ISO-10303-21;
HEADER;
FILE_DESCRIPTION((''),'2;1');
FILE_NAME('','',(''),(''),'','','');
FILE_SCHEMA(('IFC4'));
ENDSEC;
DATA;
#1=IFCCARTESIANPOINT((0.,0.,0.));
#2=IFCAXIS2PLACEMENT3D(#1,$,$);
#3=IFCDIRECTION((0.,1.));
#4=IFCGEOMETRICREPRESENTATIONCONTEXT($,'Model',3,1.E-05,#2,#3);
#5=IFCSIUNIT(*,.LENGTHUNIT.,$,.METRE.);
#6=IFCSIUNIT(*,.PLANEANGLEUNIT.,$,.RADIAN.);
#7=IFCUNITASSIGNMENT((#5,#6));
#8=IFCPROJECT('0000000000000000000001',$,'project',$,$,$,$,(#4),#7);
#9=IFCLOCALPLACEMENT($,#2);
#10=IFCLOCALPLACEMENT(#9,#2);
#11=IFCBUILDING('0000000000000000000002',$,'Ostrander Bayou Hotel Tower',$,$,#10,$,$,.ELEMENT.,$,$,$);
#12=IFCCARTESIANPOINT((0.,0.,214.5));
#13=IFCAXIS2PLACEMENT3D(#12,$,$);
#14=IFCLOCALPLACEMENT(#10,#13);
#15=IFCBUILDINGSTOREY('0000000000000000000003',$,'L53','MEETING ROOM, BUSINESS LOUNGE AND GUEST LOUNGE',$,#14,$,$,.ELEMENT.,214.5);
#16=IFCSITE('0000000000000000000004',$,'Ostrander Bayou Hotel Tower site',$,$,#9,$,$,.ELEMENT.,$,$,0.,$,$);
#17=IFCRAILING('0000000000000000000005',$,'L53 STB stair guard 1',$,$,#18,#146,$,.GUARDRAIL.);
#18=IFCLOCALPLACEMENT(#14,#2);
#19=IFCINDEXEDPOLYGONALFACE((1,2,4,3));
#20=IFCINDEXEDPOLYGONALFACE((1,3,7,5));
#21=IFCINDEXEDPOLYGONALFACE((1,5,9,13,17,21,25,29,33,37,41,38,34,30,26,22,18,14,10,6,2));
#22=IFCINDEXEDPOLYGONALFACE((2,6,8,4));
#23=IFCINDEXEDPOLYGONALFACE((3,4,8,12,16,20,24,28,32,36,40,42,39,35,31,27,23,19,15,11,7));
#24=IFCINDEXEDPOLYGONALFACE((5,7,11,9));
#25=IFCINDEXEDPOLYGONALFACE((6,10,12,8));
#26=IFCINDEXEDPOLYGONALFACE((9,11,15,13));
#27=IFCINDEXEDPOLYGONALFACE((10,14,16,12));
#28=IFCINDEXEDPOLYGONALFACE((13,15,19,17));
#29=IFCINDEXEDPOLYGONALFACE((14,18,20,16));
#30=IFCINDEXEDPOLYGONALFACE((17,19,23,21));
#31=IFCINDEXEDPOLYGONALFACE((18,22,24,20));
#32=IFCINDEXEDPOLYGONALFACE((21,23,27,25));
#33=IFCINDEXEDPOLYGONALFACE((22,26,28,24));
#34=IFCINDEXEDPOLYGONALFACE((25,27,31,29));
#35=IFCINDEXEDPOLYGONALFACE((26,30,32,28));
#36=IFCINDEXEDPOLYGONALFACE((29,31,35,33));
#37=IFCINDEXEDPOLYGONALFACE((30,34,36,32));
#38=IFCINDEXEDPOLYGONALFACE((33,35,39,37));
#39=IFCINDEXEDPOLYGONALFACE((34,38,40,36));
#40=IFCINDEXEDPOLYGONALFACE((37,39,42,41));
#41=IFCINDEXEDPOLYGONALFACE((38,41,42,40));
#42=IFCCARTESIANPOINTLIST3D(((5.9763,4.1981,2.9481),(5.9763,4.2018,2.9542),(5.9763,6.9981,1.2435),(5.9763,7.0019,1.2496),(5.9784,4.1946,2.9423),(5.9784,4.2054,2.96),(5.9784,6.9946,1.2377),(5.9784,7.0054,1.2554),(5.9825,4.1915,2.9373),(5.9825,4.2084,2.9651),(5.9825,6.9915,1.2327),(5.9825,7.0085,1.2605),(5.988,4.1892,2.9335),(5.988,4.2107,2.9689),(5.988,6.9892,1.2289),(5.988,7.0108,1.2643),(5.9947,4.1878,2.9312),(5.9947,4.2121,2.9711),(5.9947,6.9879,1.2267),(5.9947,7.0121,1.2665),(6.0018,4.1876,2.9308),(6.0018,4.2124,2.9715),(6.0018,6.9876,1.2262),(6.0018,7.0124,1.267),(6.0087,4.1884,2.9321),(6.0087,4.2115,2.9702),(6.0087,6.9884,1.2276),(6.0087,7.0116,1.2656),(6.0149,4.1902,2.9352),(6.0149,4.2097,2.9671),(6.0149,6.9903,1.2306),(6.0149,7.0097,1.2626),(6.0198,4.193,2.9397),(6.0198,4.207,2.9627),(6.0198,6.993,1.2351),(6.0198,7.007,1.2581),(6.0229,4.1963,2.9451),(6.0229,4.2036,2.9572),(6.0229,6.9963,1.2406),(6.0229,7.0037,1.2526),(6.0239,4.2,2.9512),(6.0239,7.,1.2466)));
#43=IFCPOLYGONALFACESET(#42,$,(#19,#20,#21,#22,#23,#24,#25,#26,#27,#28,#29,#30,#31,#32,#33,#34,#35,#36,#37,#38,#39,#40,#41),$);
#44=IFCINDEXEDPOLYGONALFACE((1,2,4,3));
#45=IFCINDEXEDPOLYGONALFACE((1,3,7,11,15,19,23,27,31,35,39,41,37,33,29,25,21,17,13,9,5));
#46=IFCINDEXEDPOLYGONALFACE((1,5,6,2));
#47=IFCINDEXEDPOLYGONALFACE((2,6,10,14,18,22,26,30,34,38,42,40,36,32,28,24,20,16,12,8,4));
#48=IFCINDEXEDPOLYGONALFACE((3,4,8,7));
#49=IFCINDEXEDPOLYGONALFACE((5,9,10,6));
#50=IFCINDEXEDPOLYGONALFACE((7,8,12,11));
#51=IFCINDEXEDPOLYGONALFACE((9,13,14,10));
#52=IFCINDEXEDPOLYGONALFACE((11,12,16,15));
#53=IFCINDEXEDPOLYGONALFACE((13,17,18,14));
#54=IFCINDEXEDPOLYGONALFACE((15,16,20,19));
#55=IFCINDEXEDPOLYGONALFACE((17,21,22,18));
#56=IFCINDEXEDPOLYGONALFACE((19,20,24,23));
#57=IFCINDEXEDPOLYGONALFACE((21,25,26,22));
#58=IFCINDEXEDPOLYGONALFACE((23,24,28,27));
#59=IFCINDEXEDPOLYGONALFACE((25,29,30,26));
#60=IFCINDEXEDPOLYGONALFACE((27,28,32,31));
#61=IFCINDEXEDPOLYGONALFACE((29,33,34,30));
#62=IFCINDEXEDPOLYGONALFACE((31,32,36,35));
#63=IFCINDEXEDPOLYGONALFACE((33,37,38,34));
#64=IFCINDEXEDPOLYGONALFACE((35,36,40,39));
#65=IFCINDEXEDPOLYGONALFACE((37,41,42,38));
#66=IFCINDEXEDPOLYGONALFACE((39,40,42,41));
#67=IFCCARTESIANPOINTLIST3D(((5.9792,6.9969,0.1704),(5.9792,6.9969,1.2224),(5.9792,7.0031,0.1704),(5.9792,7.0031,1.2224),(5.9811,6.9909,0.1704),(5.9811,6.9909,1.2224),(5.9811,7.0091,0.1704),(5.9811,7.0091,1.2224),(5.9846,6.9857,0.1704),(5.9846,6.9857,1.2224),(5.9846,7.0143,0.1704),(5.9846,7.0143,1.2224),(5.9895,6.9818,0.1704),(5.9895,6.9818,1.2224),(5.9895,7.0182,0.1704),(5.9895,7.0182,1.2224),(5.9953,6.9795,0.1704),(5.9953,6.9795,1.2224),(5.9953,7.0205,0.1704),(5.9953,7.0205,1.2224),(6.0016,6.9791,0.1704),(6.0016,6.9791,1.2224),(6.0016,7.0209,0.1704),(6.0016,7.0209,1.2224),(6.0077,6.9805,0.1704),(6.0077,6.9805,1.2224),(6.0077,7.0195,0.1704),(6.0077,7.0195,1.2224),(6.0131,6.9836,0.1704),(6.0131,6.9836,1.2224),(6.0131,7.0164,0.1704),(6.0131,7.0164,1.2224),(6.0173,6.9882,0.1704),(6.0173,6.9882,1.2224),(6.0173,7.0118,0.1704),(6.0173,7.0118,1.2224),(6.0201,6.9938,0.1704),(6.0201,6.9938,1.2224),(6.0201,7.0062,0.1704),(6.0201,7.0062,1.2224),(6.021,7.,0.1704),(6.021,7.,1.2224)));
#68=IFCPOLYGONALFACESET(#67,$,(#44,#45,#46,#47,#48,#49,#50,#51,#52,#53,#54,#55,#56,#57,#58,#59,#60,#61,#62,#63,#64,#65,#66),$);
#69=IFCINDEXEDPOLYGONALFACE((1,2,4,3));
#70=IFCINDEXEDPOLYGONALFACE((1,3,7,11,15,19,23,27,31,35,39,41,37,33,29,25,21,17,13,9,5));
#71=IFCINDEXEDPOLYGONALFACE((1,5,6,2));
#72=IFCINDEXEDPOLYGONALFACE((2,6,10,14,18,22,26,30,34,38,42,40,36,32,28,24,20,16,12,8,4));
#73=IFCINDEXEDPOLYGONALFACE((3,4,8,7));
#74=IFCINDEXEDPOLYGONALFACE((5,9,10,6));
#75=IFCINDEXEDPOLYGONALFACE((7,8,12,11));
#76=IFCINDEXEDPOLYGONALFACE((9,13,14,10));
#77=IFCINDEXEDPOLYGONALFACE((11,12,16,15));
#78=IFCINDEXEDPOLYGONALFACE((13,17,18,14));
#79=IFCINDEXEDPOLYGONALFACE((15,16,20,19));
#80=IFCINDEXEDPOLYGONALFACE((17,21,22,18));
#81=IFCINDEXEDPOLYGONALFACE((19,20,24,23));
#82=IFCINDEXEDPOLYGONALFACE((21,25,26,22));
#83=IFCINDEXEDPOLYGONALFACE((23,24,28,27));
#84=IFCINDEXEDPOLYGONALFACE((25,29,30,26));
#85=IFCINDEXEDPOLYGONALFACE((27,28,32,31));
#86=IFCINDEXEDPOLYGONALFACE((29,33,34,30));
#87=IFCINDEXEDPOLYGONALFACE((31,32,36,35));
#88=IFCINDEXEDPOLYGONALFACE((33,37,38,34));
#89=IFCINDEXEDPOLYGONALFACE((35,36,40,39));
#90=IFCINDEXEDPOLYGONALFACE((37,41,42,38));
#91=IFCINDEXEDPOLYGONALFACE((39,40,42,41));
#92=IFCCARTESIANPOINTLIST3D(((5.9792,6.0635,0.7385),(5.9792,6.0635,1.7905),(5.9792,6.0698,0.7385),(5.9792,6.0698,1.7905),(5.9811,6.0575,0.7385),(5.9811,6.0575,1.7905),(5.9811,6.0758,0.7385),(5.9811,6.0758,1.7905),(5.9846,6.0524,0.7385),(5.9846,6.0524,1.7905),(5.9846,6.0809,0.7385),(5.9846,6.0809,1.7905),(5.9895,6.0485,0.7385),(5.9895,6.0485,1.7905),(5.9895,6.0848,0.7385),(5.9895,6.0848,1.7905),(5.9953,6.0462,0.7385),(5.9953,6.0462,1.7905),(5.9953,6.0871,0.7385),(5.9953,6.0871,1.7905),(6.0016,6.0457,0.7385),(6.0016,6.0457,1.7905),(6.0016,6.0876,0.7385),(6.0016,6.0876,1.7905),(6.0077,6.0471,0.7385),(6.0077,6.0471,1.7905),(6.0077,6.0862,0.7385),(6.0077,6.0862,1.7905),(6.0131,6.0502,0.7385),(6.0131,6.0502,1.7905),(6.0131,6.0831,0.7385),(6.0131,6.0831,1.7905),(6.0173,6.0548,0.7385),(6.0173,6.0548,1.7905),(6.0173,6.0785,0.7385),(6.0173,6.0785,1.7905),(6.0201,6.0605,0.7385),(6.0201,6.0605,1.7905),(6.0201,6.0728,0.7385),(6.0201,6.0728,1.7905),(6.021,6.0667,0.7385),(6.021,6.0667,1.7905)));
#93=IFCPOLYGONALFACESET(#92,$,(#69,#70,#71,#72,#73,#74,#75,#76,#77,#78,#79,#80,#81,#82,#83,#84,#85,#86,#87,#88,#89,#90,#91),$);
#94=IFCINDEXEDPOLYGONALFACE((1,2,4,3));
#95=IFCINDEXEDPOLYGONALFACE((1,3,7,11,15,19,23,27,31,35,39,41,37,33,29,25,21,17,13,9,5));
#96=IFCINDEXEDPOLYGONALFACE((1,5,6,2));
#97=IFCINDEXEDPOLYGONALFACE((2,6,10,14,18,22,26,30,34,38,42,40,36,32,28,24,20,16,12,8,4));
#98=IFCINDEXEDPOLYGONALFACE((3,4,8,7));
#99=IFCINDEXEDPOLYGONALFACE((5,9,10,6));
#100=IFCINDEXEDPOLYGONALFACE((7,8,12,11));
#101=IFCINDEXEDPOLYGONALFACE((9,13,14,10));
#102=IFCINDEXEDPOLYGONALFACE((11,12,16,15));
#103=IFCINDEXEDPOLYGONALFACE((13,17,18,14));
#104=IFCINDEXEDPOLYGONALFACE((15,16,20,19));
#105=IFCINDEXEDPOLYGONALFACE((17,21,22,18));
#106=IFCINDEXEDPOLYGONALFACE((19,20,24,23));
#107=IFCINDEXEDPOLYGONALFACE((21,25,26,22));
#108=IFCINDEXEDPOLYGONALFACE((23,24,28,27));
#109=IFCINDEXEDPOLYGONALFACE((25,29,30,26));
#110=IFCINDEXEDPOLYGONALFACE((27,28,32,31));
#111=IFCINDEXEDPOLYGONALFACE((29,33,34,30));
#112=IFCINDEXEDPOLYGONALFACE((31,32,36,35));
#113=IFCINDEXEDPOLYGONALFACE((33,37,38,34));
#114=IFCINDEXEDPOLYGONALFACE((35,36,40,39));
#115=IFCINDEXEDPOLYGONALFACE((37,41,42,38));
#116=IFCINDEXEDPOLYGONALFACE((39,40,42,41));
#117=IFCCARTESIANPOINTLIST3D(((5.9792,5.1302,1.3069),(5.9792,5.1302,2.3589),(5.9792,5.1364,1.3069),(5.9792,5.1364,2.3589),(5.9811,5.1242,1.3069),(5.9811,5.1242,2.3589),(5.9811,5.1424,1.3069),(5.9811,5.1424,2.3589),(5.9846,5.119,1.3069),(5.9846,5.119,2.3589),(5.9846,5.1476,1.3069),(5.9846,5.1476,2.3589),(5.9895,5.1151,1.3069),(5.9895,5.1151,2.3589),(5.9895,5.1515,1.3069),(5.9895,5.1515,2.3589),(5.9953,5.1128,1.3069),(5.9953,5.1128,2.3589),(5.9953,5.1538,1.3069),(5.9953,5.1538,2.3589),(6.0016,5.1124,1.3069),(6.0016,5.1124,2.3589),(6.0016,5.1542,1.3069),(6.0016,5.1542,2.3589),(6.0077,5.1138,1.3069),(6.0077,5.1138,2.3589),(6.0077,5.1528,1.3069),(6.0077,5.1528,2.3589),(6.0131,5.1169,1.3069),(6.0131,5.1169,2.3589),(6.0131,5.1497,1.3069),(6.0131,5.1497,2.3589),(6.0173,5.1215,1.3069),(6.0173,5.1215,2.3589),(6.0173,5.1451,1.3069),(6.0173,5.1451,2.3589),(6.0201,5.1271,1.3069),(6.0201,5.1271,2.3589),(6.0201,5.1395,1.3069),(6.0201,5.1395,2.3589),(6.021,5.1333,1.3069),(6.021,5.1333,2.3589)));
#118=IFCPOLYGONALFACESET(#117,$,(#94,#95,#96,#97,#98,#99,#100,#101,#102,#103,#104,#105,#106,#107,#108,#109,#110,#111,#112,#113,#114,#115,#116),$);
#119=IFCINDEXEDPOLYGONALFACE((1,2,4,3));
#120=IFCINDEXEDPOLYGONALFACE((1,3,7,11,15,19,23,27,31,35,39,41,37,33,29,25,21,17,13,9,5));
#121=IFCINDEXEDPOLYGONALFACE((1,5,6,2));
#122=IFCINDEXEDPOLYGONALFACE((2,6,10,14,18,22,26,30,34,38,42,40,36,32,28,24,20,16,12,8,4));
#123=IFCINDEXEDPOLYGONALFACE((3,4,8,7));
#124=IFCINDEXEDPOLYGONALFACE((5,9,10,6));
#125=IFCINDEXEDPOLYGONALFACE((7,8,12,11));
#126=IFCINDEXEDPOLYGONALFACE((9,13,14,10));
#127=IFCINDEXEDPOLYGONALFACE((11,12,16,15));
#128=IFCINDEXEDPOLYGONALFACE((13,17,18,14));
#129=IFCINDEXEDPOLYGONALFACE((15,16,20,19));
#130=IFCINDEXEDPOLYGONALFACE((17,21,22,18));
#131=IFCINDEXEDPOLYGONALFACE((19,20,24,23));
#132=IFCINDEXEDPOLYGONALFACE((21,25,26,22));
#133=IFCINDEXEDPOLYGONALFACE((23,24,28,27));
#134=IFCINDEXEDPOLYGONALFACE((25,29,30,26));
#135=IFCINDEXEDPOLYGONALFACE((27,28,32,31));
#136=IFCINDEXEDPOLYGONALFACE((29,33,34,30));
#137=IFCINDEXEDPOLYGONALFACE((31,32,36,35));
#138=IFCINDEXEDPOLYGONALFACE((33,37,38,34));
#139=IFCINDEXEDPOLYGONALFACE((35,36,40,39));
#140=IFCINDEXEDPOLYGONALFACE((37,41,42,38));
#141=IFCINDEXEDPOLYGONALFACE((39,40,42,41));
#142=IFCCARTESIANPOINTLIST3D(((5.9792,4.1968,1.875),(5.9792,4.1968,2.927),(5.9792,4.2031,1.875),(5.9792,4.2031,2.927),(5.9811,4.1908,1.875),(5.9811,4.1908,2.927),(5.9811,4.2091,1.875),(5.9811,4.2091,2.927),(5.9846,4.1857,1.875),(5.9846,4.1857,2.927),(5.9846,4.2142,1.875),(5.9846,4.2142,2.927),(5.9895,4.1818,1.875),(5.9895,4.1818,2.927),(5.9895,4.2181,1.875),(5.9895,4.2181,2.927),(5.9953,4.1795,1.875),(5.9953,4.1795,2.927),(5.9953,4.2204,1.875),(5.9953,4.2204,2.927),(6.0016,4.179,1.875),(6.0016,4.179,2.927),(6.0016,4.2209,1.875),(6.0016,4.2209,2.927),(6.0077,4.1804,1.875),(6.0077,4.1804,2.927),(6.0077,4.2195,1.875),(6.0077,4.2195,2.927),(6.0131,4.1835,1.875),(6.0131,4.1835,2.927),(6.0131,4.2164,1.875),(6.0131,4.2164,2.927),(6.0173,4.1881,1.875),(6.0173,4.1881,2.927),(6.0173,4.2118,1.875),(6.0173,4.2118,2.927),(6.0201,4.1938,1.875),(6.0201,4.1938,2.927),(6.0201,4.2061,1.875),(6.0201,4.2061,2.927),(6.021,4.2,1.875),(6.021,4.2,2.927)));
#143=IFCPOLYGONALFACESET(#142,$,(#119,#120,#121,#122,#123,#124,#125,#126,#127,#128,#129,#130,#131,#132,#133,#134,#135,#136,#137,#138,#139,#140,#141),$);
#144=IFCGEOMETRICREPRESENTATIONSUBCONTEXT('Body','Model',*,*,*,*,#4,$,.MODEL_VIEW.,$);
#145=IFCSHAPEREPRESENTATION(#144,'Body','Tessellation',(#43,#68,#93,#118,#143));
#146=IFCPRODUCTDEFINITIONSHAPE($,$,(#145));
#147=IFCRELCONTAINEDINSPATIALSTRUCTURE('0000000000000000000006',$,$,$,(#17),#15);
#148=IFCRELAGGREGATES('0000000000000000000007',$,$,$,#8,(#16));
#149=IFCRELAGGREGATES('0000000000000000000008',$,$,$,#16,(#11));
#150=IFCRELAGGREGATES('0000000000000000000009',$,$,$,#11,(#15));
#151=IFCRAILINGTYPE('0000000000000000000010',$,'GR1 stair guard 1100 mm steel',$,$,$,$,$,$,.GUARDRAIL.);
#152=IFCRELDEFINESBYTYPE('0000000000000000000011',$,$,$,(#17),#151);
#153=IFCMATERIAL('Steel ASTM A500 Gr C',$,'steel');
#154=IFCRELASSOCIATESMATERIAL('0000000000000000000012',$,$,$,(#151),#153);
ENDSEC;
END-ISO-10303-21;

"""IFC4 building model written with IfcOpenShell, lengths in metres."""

from ifc_helpers import new_model, si_unit, direction, frame, origin, origin_2d, place, context, subcontext, project, spatial, circle, extrude, material, type_object, element, save


model = new_model("IFC4")

# Units and contexts
model_context = context("Model", 3, precision=1e-05, world=origin(), true_north=direction((0.0, 1.0)))
body_context = subcontext(model_context, "Body", "Model", "MODEL_VIEW")
ifc_project = project(units=[si_unit("LENGTHUNIT", "METRE"), si_unit("PLANEANGLEUNIT", "RADIAN")], contexts=[model_context])

# Site, building, storey
site_placement = place(None, origin())
site = spatial("IfcSite", under=ifc_project, at=site_placement, Name="Ostrander Bayou Hotel Tower site", CompositionType="ELEMENT", RefElevation=0.0)
building_placement = place(site_placement, origin())
building = spatial("IfcBuilding", under=site, at=building_placement, Name="Ostrander Bayou Hotel Tower", CompositionType="ELEMENT")
storey_placement = place(building_placement, frame((0.0, 0.0, 214.5)))
storey = spatial("IfcBuildingStorey", under=building, at=storey_placement, Name="L53", Description="MEETING ROOM, BUSINESS LOUNGE AND GUEST LOUNGE", CompositionType="ELEMENT", Elevation=214.5)

# Railing
ifc_material_1 = material(Name="Steel ASTM A500 Gr C", Category="steel")
railing_type_1 = type_object("IfcRailingType", Name="GR1 stair guard 1100 mm steel", PredefinedType="GUARDRAIL", material=ifc_material_1)
railing_1_placement = place(storey_placement, frame((6.0, 7.0, 0.1704)))
element("IfcRailing", 1, at=railing_1_placement, inside=storey, type_object=railing_type_1, Name="L53 STB stair guard 1", PredefinedType="GUARDRAIL", context=body_context, shape_type="SweptSolid", body=[
    extrude(circle(Radius=0.0239, at=origin_2d()), frame((0.0, 0.0, 1.0762), z_axis=(0.0, -0.85417, 0.519994), x_axis=(1.0, 0.0, 0.0)), (0.0, 0.0, 1.0), 3.2781),
    extrude(circle(Radius=0.021, at=origin_2d()), origin(), (0.0, 0.0, 1.0), 1.052),
    extrude(circle(Radius=0.021, at=origin_2d()), frame((0.0, -0.9333, 0.5681)), (0.0, 0.0, 1.0), 1.052),
    extrude(circle(Radius=0.021, at=origin_2d()), frame((0.0, -1.8667, 1.1365)), (0.0, 0.0, 1.0), 1.052),
    extrude(circle(Radius=0.021, at=origin_2d()), frame((0.0, -2.8, 1.7046)), (0.0, 0.0, 1.0), 1.052),
])

save(model, "model.ifc")
